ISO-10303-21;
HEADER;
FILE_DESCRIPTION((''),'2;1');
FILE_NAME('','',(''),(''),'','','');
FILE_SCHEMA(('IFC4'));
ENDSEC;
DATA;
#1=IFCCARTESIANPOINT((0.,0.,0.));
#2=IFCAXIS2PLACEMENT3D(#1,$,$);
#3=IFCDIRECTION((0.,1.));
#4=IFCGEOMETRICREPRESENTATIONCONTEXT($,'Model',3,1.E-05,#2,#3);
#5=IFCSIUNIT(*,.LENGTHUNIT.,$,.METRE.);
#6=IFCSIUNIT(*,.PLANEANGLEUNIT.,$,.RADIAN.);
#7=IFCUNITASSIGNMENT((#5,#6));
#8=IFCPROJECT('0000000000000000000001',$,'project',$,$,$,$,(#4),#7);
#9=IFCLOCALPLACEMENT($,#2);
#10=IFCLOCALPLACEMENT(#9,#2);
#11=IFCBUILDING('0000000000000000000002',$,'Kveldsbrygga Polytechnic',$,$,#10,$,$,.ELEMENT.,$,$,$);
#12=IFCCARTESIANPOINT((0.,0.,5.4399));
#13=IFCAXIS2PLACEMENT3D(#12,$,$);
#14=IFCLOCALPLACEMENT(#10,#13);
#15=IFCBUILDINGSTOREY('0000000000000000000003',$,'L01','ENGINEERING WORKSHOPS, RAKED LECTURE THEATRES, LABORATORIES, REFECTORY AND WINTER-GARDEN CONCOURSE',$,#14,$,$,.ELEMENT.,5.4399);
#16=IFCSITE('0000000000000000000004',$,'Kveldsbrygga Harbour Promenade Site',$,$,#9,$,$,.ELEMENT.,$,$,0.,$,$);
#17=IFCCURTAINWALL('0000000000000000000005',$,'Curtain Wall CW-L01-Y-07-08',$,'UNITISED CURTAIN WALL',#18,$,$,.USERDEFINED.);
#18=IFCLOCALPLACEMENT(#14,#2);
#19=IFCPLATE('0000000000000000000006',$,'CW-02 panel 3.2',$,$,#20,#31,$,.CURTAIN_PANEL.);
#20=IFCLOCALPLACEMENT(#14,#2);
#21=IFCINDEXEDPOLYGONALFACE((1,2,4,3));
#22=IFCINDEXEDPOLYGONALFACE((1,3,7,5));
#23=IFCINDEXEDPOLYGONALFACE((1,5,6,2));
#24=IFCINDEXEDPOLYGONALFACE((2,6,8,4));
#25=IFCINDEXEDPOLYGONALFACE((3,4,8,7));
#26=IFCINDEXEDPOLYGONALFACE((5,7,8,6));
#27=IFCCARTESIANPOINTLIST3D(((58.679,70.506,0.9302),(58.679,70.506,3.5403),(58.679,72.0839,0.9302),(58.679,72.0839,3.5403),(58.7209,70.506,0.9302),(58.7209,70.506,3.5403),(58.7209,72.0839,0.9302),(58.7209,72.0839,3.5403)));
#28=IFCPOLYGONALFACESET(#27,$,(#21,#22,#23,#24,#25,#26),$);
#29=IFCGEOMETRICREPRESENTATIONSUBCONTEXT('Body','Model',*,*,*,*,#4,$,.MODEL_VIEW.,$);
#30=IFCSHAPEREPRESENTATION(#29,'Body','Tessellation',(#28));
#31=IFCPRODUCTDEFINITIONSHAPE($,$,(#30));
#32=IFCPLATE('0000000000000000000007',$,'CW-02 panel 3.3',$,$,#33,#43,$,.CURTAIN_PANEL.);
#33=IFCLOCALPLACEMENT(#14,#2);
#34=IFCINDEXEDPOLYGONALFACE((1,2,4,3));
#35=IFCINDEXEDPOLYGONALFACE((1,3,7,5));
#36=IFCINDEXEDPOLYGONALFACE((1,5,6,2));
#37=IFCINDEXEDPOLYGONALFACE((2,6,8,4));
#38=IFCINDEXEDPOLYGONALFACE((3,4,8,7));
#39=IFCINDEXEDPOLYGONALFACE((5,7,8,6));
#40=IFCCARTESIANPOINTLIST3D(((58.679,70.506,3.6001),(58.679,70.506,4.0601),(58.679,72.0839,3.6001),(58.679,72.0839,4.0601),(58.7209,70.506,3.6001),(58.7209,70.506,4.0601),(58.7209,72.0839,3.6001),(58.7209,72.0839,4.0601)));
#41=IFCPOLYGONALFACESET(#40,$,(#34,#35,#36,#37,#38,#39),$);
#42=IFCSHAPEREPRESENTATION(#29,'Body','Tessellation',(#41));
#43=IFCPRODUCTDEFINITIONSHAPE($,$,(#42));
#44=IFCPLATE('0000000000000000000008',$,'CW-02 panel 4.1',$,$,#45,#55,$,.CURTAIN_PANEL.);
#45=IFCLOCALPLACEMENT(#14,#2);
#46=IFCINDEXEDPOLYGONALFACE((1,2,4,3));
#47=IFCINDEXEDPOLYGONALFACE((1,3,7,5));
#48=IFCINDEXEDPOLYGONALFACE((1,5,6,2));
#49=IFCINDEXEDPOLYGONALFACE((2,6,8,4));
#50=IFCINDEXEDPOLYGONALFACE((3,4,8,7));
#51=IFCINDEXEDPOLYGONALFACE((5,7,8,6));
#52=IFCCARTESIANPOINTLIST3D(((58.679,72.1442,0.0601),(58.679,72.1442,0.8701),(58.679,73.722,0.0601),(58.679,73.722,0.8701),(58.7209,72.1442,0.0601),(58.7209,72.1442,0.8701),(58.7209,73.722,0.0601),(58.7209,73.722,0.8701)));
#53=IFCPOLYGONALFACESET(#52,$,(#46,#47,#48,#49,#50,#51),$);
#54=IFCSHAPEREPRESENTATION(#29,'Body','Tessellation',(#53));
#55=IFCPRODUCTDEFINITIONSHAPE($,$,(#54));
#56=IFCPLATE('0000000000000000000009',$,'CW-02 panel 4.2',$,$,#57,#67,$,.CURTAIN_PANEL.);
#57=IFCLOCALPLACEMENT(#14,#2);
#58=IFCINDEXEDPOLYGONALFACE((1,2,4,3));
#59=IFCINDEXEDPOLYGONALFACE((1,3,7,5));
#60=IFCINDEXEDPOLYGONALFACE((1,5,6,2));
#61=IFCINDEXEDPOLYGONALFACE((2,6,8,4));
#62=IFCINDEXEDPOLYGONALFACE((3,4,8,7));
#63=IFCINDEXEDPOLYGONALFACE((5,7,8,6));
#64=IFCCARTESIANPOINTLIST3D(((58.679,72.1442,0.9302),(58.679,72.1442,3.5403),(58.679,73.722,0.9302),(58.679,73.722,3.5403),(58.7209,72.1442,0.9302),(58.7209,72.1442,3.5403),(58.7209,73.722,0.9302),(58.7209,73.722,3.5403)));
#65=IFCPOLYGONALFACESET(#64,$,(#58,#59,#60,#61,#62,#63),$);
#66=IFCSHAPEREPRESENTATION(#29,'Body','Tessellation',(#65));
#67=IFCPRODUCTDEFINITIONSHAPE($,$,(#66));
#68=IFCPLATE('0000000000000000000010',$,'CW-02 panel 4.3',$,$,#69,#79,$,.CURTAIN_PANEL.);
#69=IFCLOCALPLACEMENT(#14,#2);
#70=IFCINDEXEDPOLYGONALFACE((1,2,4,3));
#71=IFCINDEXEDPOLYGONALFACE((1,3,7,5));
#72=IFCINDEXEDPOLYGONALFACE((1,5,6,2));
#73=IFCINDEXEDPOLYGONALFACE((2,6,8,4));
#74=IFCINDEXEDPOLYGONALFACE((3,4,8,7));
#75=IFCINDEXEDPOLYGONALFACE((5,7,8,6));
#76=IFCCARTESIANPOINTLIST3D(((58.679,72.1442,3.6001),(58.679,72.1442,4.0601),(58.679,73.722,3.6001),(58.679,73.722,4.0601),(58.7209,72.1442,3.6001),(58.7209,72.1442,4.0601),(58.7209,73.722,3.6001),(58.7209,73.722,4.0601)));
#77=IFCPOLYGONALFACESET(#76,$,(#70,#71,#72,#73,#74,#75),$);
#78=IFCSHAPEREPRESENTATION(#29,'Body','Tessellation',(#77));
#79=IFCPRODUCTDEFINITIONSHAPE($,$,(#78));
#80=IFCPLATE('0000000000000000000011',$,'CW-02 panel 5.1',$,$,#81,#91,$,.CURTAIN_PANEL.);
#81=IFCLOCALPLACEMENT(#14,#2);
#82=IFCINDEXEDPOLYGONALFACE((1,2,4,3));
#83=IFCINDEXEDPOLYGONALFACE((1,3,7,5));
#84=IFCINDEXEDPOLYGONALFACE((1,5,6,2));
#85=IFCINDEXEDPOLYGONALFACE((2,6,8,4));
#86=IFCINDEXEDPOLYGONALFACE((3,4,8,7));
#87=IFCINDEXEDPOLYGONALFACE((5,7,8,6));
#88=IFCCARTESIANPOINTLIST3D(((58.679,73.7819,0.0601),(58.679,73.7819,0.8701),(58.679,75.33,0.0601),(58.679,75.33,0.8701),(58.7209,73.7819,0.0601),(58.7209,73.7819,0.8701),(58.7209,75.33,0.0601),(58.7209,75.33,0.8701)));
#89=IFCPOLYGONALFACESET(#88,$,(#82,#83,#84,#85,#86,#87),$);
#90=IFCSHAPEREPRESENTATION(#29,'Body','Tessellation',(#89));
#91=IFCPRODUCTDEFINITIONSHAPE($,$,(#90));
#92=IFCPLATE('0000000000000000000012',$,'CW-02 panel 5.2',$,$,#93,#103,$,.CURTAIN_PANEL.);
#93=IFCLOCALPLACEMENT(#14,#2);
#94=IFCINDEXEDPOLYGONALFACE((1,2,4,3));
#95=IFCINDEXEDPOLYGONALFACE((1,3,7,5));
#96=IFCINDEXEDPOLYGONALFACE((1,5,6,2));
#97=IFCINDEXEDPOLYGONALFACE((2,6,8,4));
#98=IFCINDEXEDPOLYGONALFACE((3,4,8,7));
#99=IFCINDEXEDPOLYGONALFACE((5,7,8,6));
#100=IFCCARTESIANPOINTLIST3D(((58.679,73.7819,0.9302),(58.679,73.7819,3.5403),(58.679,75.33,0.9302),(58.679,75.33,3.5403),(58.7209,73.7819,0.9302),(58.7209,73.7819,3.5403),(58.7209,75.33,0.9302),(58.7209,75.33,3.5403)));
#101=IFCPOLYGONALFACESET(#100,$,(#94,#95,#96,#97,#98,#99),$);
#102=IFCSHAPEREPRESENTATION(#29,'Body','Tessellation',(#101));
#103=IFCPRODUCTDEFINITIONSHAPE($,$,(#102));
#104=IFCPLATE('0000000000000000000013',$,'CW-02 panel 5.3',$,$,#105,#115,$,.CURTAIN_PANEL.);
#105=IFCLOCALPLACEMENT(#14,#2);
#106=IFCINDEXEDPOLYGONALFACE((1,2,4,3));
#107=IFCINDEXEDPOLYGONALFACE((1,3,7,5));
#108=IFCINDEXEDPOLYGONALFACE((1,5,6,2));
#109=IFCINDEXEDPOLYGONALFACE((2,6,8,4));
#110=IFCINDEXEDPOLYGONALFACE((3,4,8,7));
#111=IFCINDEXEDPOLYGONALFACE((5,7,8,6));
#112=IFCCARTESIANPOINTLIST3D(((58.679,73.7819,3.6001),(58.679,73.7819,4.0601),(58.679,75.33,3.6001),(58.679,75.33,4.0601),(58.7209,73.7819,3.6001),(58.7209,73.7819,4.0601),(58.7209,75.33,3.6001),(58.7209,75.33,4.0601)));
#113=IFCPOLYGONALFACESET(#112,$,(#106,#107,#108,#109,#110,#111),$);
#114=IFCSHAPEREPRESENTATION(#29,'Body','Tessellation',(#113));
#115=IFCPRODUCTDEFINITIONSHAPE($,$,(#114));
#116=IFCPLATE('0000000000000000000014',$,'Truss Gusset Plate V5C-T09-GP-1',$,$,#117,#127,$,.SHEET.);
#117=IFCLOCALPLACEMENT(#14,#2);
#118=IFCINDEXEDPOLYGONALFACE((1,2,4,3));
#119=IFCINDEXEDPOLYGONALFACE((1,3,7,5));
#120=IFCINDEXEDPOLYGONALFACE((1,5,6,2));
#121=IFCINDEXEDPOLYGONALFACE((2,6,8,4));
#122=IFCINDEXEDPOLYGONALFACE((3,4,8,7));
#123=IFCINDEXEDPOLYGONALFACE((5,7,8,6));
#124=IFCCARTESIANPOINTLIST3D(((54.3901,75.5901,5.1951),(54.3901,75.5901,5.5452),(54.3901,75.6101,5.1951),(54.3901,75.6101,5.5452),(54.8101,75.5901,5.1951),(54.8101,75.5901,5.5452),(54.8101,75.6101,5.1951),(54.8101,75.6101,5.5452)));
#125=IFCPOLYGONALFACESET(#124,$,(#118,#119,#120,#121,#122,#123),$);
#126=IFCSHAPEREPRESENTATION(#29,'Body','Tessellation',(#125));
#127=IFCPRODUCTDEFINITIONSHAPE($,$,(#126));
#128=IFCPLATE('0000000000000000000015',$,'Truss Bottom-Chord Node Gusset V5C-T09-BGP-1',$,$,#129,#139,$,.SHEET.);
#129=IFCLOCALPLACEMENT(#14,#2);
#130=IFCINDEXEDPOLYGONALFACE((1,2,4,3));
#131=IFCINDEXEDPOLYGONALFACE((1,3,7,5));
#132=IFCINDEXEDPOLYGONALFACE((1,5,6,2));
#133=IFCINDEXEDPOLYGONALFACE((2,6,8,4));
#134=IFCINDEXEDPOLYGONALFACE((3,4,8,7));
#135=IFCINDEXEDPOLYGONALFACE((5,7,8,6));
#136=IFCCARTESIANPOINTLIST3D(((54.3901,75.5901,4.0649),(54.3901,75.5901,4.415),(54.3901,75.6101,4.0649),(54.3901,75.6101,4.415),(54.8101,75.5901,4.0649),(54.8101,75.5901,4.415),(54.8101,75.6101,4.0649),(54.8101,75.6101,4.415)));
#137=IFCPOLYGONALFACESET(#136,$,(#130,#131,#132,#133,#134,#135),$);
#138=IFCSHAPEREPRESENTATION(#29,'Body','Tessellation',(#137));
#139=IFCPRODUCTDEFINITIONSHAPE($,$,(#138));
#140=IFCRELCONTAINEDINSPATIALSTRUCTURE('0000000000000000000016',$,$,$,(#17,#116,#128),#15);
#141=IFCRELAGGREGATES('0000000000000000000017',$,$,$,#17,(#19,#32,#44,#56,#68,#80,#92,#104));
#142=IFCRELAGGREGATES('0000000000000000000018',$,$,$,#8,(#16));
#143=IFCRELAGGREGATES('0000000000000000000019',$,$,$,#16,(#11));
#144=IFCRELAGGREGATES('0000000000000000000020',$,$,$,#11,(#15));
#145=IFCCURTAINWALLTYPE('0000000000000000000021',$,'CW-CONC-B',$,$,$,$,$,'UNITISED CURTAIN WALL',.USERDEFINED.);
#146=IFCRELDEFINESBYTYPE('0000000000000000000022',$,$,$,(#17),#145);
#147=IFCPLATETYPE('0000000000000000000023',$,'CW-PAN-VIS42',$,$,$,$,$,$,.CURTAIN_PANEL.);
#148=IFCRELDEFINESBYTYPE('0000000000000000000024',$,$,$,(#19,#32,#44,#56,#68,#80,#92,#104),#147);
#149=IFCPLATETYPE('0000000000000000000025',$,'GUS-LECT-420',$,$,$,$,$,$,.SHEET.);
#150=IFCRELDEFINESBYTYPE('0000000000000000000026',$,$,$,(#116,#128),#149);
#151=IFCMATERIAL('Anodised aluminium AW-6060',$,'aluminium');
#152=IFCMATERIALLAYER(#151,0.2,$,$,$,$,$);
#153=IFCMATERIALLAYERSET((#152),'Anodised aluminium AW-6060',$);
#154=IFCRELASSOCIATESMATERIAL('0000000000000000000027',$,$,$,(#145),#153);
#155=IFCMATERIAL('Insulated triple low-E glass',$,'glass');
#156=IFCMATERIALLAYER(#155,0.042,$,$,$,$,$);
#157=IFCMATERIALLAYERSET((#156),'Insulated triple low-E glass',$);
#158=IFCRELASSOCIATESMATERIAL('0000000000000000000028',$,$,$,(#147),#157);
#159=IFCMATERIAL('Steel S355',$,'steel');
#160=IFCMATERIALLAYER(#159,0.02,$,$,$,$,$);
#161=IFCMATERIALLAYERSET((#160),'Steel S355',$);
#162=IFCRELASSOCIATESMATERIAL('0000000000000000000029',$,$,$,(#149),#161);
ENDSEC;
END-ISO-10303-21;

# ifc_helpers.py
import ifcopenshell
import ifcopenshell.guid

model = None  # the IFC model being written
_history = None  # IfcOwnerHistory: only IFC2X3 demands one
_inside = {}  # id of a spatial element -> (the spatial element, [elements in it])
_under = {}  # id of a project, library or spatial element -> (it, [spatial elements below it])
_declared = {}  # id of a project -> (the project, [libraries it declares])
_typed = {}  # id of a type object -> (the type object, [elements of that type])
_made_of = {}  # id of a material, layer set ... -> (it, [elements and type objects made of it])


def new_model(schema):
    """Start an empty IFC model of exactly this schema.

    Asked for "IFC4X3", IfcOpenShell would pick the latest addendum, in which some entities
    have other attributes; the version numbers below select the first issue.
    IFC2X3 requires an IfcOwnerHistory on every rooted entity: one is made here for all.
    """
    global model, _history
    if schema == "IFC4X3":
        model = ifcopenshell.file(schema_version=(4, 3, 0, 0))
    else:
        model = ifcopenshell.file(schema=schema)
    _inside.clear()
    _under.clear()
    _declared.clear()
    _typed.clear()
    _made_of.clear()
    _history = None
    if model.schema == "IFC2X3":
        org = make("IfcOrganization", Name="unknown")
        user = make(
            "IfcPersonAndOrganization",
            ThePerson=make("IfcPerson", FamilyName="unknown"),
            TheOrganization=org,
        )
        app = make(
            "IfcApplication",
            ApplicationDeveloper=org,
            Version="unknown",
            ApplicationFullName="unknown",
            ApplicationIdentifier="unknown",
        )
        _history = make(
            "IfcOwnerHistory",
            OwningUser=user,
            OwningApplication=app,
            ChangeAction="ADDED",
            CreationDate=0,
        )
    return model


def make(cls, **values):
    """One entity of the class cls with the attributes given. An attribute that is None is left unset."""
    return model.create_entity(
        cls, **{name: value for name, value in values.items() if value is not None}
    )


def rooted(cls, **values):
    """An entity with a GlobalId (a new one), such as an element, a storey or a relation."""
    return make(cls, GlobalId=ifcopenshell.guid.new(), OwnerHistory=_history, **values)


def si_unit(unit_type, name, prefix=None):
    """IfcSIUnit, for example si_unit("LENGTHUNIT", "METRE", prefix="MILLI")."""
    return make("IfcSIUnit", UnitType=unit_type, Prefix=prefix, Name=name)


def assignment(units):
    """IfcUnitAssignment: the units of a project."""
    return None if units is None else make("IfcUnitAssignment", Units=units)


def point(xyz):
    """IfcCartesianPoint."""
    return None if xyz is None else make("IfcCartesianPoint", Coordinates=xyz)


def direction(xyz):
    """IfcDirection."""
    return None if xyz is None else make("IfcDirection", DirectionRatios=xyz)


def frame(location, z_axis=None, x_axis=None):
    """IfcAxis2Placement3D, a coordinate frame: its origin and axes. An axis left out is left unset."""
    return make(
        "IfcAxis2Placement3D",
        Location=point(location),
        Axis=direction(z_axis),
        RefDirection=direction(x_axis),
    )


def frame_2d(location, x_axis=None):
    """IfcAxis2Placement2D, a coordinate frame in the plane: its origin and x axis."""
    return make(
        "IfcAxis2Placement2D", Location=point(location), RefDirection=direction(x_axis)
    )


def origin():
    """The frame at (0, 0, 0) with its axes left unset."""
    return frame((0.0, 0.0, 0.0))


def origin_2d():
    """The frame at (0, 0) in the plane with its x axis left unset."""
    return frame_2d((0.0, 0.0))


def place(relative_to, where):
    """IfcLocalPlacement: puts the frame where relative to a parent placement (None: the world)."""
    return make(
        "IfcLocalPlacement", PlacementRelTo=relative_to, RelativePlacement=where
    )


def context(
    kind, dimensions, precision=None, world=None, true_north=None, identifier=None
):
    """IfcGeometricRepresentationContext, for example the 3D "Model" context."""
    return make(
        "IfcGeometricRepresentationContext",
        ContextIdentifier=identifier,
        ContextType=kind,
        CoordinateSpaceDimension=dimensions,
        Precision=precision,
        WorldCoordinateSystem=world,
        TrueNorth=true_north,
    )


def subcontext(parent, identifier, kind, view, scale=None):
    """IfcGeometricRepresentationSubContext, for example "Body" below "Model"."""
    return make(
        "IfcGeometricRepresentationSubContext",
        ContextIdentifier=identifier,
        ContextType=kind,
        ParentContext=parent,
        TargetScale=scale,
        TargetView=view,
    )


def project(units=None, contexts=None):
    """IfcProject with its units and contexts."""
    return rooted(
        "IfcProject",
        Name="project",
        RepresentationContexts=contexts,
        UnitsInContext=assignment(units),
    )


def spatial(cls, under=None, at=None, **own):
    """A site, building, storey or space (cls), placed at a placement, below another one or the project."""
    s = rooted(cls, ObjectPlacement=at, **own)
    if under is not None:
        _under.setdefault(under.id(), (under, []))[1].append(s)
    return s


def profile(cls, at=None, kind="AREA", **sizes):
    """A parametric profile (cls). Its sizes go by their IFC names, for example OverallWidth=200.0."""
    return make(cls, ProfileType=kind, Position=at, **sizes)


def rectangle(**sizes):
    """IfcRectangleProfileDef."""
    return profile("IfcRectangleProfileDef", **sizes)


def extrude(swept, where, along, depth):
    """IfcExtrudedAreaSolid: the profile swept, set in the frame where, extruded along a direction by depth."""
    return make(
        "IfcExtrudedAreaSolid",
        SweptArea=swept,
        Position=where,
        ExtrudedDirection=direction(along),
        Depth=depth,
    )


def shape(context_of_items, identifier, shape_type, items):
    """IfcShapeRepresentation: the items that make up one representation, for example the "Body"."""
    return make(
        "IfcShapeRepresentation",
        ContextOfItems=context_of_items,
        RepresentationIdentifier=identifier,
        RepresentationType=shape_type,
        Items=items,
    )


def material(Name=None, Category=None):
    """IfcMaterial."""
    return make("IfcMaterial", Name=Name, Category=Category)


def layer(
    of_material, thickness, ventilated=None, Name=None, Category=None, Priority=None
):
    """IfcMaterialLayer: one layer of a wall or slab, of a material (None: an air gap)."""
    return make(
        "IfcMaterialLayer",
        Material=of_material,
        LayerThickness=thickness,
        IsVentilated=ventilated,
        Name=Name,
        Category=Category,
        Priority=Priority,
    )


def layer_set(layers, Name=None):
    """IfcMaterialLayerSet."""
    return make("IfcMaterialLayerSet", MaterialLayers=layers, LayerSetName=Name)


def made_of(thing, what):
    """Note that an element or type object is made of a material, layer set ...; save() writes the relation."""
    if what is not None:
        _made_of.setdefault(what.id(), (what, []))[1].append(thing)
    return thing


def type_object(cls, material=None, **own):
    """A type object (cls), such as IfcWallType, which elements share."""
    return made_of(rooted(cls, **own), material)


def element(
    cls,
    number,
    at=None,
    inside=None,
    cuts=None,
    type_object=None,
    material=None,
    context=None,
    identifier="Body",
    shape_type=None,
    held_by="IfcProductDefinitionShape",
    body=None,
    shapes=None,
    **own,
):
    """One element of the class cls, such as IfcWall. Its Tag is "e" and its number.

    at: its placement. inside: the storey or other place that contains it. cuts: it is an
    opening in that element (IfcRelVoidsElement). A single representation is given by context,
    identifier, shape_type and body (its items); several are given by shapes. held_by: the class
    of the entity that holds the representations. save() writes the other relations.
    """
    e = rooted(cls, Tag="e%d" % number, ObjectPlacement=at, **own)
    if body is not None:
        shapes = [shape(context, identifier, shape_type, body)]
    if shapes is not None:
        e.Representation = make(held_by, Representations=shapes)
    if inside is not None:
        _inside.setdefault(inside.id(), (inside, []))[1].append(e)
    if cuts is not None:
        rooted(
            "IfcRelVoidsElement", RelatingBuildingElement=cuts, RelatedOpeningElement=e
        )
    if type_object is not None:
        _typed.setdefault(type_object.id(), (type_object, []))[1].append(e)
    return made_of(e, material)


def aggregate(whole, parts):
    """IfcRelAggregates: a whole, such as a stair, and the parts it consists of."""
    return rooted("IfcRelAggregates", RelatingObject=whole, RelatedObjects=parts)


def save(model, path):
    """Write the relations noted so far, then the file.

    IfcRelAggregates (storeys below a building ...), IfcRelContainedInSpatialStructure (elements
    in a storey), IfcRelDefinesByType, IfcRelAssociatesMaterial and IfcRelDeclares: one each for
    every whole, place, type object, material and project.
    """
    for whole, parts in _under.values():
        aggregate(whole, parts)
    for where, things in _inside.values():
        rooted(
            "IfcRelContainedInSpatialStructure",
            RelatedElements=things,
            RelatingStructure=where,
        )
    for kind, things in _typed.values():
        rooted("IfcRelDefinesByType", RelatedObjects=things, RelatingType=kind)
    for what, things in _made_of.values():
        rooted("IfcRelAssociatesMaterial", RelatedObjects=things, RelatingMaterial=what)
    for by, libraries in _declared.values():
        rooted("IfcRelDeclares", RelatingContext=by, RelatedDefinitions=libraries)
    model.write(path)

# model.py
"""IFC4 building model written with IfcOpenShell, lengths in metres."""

from ifc_helpers import new_model, si_unit, direction, frame, origin, origin_2d, place, context, subcontext, project, spatial, rectangle, extrude, material, layer, layer_set, type_object, element, aggregate, save


model = new_model("IFC4")

# Units and contexts
model_context = context("Model", 3, precision=1e-05, world=origin(), true_north=direction((0.0, 1.0)))
body_context = subcontext(model_context, "Body", "Model", "MODEL_VIEW")
ifc_project = project(units=[si_unit("LENGTHUNIT", "METRE"), si_unit("PLANEANGLEUNIT", "RADIAN")], contexts=[model_context])

# Site, building, storey
site_placement = place(None, origin())
site = spatial("IfcSite", under=ifc_project, at=site_placement, Name="Kveldsbrygga Harbour Promenade Site", CompositionType="ELEMENT", RefElevation=0.0)
building_placement = place(site_placement, origin())
building = spatial("IfcBuilding", under=site, at=building_placement, Name="Kveldsbrygga Polytechnic", CompositionType="ELEMENT")
storey_placement = place(building_placement, frame((0.0, 0.0, 5.4399)))
storey = spatial("IfcBuildingStorey", under=building, at=storey_placement, Name="L01", Description="ENGINEERING WORKSHOPS, RAKED LECTURE THEATRES, LABORATORIES, REFECTORY AND WINTER-GARDEN CONCOURSE", CompositionType="ELEMENT", Elevation=5.4399)

# Curtain wall
ifc_material_1 = material(Name="Anodised aluminium AW-6060", Category="aluminium")
ifc_layer_1 = layer(ifc_material_1, 0.2)
ifc_layer_set_1 = layer_set([ifc_layer_1], Name="Anodised aluminium AW-6060")
curtain_wall_type = type_object("IfcCurtainWallType", Name="CW-CONC-B", ElementType="UNITISED CURTAIN WALL", PredefinedType="USERDEFINED", material=ifc_layer_set_1)
curtain_wall_placement = place(storey_placement, origin())
curtain_wall = element("IfcCurtainWall", 1, at=curtain_wall_placement, inside=storey, type_object=curtain_wall_type, Name="Curtain Wall CW-L01-Y-07-08", ObjectType="UNITISED CURTAIN WALL", PredefinedType="USERDEFINED")

# Shared definitions
ifc_material_2 = material(Name="Steel S355", Category="steel")

# Plates
ifc_material_3 = material(Name="Insulated triple low-E glass", Category="glass")
ifc_layer_2 = layer(ifc_material_3, 0.042)
ifc_layer_set_2 = layer_set([ifc_layer_2], Name="Insulated triple low-E glass")
plate_type_1 = type_object("IfcPlateType", Name="CW-PAN-VIS42", PredefinedType="CURTAIN_PANEL", material=ifc_layer_set_2)
plate_1_placement = place(storey_placement, frame((58.7, 71.2949, 0.9302), z_axis=(0.0, 0.0, 1.0), x_axis=(0.0, 1.0, 0.0)))
plate_1 = element("IfcPlate", 2, at=plate_1_placement, type_object=plate_type_1, Name="CW-02 panel 3.2", PredefinedType="CURTAIN_PANEL", context=body_context, shape_type="SweptSolid", body=[
    extrude(rectangle(XDim=1.5779, YDim=0.042, at=origin_2d()), origin(), (0.0, 0.0, 1.0), 2.6101),
])
plate_2_placement = place(storey_placement, frame((58.7, 71.2949, 3.6001), z_axis=(0.0, 0.0, 1.0), x_axis=(0.0, 1.0, 0.0)))
plate_2 = element("IfcPlate", 3, at=plate_2_placement, type_object=plate_type_1, Name="CW-02 panel 3.3", PredefinedType="CURTAIN_PANEL", context=body_context, shape_type="SweptSolid", body=[
    extrude(rectangle(XDim=1.5779, YDim=0.042, at=origin_2d()), origin(), (0.0, 0.0, 1.0), 0.46),
])
plate_3_placement = place(storey_placement, frame((58.7, 72.9331, 0.0601), z_axis=(0.0, 0.0, 1.0), x_axis=(0.0, 1.0, 0.0)))
plate_3 = element("IfcPlate", 4, at=plate_3_placement, type_object=plate_type_1, Name="CW-02 panel 4.1", PredefinedType="CURTAIN_PANEL", context=body_context, shape_type="SweptSolid", body=[
    extrude(rectangle(XDim=1.5779, YDim=0.042, at=origin_2d()), origin(), (0.0, 0.0, 1.0), 0.8101),
])
plate_4_placement = place(storey_placement, frame((58.7, 72.9331, 0.9302), z_axis=(0.0, 0.0, 1.0), x_axis=(0.0, 1.0, 0.0)))
plate_4 = element("IfcPlate", 5, at=plate_4_placement, type_object=plate_type_1, Name="CW-02 panel 4.2", PredefinedType="CURTAIN_PANEL", context=body_context, shape_type="SweptSolid", body=[
    extrude(rectangle(XDim=1.5779, YDim=0.042, at=origin_2d()), origin(), (0.0, 0.0, 1.0), 2.6101),
])
plate_5_placement = place(storey_placement, frame((58.7, 72.9331, 3.6001), z_axis=(0.0, 0.0, 1.0), x_axis=(0.0, 1.0, 0.0)))
plate_5 = element("IfcPlate", 6, at=plate_5_placement, type_object=plate_type_1, Name="CW-02 panel 4.3", PredefinedType="CURTAIN_PANEL", context=body_context, shape_type="SweptSolid", body=[
    extrude(rectangle(XDim=1.5779, YDim=0.042, at=origin_2d()), origin(), (0.0, 0.0, 1.0), 0.46),
])
plate_6_placement = place(storey_placement, frame((58.7, 74.5559, 0.0601), z_axis=(0.0, 0.0, 1.0), x_axis=(0.0, 1.0, 0.0)))
plate_6 = element("IfcPlate", 7, at=plate_6_placement, type_object=plate_type_1, Name="CW-02 panel 5.1", PredefinedType="CURTAIN_PANEL", context=body_context, shape_type="SweptSolid", body=[
    extrude(rectangle(XDim=1.5481, YDim=0.042, at=origin_2d()), origin(), (0.0, 0.0, 1.0), 0.8101),
])
plate_7_placement = place(storey_placement, frame((58.7, 74.5559, 0.9302), z_axis=(0.0, 0.0, 1.0), x_axis=(0.0, 1.0, 0.0)))
plate_7 = element("IfcPlate", 8, at=plate_7_placement, type_object=plate_type_1, Name="CW-02 panel 5.2", PredefinedType="CURTAIN_PANEL", context=body_context, shape_type="SweptSolid", body=[
    extrude(rectangle(XDim=1.5481, YDim=0.042, at=origin_2d()), origin(), (0.0, 0.0, 1.0), 2.6101),
])
plate_8_placement = place(storey_placement, frame((58.7, 74.5559, 3.6001), z_axis=(0.0, 0.0, 1.0), x_axis=(0.0, 1.0, 0.0)))
plate_8 = element("IfcPlate", 9, at=plate_8_placement, type_object=plate_type_1, Name="CW-02 panel 5.3", PredefinedType="CURTAIN_PANEL", context=body_context, shape_type="SweptSolid", body=[
    extrude(rectangle(XDim=1.5481, YDim=0.042, at=origin_2d()), origin(), (0.0, 0.0, 1.0), 0.46),
])
aggregate(curtain_wall, [plate_1, plate_2, plate_3, plate_4, plate_5, plate_6, plate_7, plate_8])

# Plates
ifc_layer_3 = layer(ifc_material_2, 0.02)
ifc_layer_set_3 = layer_set([ifc_layer_3], Name="Steel S355")
plate_type_2 = type_object("IfcPlateType", Name="GUS-LECT-420", PredefinedType="SHEET", material=ifc_layer_set_3)
for number, where, z_axis, x_axis, name in (
    (10, (54.6001, 75.6001, 5.1951), (0.0, 0.0, 1.0), (1.0, 0.0, 0.0), "Truss Gusset Plate V5C-T09-GP-1"),
    (11, (54.6001, 75.6001, 4.0649), (0.0, 0.0, 1.0), (1.0, 0.0, 0.0), "Truss Bottom-Chord Node Gusset V5C-T09-BGP-1"),
):
    element("IfcPlate", number, at=place(storey_placement, frame(where, z_axis=z_axis, x_axis=x_axis)), inside=storey, type_object=plate_type_2, Name=name, PredefinedType="SHEET", context=body_context, shape_type="SweptSolid", body=[
        extrude(rectangle(XDim=0.4199, YDim=0.02, at=origin_2d()), origin(), (0.0, 0.0, 1.0), 0.3501),
    ])

save(model, "model.ifc")
